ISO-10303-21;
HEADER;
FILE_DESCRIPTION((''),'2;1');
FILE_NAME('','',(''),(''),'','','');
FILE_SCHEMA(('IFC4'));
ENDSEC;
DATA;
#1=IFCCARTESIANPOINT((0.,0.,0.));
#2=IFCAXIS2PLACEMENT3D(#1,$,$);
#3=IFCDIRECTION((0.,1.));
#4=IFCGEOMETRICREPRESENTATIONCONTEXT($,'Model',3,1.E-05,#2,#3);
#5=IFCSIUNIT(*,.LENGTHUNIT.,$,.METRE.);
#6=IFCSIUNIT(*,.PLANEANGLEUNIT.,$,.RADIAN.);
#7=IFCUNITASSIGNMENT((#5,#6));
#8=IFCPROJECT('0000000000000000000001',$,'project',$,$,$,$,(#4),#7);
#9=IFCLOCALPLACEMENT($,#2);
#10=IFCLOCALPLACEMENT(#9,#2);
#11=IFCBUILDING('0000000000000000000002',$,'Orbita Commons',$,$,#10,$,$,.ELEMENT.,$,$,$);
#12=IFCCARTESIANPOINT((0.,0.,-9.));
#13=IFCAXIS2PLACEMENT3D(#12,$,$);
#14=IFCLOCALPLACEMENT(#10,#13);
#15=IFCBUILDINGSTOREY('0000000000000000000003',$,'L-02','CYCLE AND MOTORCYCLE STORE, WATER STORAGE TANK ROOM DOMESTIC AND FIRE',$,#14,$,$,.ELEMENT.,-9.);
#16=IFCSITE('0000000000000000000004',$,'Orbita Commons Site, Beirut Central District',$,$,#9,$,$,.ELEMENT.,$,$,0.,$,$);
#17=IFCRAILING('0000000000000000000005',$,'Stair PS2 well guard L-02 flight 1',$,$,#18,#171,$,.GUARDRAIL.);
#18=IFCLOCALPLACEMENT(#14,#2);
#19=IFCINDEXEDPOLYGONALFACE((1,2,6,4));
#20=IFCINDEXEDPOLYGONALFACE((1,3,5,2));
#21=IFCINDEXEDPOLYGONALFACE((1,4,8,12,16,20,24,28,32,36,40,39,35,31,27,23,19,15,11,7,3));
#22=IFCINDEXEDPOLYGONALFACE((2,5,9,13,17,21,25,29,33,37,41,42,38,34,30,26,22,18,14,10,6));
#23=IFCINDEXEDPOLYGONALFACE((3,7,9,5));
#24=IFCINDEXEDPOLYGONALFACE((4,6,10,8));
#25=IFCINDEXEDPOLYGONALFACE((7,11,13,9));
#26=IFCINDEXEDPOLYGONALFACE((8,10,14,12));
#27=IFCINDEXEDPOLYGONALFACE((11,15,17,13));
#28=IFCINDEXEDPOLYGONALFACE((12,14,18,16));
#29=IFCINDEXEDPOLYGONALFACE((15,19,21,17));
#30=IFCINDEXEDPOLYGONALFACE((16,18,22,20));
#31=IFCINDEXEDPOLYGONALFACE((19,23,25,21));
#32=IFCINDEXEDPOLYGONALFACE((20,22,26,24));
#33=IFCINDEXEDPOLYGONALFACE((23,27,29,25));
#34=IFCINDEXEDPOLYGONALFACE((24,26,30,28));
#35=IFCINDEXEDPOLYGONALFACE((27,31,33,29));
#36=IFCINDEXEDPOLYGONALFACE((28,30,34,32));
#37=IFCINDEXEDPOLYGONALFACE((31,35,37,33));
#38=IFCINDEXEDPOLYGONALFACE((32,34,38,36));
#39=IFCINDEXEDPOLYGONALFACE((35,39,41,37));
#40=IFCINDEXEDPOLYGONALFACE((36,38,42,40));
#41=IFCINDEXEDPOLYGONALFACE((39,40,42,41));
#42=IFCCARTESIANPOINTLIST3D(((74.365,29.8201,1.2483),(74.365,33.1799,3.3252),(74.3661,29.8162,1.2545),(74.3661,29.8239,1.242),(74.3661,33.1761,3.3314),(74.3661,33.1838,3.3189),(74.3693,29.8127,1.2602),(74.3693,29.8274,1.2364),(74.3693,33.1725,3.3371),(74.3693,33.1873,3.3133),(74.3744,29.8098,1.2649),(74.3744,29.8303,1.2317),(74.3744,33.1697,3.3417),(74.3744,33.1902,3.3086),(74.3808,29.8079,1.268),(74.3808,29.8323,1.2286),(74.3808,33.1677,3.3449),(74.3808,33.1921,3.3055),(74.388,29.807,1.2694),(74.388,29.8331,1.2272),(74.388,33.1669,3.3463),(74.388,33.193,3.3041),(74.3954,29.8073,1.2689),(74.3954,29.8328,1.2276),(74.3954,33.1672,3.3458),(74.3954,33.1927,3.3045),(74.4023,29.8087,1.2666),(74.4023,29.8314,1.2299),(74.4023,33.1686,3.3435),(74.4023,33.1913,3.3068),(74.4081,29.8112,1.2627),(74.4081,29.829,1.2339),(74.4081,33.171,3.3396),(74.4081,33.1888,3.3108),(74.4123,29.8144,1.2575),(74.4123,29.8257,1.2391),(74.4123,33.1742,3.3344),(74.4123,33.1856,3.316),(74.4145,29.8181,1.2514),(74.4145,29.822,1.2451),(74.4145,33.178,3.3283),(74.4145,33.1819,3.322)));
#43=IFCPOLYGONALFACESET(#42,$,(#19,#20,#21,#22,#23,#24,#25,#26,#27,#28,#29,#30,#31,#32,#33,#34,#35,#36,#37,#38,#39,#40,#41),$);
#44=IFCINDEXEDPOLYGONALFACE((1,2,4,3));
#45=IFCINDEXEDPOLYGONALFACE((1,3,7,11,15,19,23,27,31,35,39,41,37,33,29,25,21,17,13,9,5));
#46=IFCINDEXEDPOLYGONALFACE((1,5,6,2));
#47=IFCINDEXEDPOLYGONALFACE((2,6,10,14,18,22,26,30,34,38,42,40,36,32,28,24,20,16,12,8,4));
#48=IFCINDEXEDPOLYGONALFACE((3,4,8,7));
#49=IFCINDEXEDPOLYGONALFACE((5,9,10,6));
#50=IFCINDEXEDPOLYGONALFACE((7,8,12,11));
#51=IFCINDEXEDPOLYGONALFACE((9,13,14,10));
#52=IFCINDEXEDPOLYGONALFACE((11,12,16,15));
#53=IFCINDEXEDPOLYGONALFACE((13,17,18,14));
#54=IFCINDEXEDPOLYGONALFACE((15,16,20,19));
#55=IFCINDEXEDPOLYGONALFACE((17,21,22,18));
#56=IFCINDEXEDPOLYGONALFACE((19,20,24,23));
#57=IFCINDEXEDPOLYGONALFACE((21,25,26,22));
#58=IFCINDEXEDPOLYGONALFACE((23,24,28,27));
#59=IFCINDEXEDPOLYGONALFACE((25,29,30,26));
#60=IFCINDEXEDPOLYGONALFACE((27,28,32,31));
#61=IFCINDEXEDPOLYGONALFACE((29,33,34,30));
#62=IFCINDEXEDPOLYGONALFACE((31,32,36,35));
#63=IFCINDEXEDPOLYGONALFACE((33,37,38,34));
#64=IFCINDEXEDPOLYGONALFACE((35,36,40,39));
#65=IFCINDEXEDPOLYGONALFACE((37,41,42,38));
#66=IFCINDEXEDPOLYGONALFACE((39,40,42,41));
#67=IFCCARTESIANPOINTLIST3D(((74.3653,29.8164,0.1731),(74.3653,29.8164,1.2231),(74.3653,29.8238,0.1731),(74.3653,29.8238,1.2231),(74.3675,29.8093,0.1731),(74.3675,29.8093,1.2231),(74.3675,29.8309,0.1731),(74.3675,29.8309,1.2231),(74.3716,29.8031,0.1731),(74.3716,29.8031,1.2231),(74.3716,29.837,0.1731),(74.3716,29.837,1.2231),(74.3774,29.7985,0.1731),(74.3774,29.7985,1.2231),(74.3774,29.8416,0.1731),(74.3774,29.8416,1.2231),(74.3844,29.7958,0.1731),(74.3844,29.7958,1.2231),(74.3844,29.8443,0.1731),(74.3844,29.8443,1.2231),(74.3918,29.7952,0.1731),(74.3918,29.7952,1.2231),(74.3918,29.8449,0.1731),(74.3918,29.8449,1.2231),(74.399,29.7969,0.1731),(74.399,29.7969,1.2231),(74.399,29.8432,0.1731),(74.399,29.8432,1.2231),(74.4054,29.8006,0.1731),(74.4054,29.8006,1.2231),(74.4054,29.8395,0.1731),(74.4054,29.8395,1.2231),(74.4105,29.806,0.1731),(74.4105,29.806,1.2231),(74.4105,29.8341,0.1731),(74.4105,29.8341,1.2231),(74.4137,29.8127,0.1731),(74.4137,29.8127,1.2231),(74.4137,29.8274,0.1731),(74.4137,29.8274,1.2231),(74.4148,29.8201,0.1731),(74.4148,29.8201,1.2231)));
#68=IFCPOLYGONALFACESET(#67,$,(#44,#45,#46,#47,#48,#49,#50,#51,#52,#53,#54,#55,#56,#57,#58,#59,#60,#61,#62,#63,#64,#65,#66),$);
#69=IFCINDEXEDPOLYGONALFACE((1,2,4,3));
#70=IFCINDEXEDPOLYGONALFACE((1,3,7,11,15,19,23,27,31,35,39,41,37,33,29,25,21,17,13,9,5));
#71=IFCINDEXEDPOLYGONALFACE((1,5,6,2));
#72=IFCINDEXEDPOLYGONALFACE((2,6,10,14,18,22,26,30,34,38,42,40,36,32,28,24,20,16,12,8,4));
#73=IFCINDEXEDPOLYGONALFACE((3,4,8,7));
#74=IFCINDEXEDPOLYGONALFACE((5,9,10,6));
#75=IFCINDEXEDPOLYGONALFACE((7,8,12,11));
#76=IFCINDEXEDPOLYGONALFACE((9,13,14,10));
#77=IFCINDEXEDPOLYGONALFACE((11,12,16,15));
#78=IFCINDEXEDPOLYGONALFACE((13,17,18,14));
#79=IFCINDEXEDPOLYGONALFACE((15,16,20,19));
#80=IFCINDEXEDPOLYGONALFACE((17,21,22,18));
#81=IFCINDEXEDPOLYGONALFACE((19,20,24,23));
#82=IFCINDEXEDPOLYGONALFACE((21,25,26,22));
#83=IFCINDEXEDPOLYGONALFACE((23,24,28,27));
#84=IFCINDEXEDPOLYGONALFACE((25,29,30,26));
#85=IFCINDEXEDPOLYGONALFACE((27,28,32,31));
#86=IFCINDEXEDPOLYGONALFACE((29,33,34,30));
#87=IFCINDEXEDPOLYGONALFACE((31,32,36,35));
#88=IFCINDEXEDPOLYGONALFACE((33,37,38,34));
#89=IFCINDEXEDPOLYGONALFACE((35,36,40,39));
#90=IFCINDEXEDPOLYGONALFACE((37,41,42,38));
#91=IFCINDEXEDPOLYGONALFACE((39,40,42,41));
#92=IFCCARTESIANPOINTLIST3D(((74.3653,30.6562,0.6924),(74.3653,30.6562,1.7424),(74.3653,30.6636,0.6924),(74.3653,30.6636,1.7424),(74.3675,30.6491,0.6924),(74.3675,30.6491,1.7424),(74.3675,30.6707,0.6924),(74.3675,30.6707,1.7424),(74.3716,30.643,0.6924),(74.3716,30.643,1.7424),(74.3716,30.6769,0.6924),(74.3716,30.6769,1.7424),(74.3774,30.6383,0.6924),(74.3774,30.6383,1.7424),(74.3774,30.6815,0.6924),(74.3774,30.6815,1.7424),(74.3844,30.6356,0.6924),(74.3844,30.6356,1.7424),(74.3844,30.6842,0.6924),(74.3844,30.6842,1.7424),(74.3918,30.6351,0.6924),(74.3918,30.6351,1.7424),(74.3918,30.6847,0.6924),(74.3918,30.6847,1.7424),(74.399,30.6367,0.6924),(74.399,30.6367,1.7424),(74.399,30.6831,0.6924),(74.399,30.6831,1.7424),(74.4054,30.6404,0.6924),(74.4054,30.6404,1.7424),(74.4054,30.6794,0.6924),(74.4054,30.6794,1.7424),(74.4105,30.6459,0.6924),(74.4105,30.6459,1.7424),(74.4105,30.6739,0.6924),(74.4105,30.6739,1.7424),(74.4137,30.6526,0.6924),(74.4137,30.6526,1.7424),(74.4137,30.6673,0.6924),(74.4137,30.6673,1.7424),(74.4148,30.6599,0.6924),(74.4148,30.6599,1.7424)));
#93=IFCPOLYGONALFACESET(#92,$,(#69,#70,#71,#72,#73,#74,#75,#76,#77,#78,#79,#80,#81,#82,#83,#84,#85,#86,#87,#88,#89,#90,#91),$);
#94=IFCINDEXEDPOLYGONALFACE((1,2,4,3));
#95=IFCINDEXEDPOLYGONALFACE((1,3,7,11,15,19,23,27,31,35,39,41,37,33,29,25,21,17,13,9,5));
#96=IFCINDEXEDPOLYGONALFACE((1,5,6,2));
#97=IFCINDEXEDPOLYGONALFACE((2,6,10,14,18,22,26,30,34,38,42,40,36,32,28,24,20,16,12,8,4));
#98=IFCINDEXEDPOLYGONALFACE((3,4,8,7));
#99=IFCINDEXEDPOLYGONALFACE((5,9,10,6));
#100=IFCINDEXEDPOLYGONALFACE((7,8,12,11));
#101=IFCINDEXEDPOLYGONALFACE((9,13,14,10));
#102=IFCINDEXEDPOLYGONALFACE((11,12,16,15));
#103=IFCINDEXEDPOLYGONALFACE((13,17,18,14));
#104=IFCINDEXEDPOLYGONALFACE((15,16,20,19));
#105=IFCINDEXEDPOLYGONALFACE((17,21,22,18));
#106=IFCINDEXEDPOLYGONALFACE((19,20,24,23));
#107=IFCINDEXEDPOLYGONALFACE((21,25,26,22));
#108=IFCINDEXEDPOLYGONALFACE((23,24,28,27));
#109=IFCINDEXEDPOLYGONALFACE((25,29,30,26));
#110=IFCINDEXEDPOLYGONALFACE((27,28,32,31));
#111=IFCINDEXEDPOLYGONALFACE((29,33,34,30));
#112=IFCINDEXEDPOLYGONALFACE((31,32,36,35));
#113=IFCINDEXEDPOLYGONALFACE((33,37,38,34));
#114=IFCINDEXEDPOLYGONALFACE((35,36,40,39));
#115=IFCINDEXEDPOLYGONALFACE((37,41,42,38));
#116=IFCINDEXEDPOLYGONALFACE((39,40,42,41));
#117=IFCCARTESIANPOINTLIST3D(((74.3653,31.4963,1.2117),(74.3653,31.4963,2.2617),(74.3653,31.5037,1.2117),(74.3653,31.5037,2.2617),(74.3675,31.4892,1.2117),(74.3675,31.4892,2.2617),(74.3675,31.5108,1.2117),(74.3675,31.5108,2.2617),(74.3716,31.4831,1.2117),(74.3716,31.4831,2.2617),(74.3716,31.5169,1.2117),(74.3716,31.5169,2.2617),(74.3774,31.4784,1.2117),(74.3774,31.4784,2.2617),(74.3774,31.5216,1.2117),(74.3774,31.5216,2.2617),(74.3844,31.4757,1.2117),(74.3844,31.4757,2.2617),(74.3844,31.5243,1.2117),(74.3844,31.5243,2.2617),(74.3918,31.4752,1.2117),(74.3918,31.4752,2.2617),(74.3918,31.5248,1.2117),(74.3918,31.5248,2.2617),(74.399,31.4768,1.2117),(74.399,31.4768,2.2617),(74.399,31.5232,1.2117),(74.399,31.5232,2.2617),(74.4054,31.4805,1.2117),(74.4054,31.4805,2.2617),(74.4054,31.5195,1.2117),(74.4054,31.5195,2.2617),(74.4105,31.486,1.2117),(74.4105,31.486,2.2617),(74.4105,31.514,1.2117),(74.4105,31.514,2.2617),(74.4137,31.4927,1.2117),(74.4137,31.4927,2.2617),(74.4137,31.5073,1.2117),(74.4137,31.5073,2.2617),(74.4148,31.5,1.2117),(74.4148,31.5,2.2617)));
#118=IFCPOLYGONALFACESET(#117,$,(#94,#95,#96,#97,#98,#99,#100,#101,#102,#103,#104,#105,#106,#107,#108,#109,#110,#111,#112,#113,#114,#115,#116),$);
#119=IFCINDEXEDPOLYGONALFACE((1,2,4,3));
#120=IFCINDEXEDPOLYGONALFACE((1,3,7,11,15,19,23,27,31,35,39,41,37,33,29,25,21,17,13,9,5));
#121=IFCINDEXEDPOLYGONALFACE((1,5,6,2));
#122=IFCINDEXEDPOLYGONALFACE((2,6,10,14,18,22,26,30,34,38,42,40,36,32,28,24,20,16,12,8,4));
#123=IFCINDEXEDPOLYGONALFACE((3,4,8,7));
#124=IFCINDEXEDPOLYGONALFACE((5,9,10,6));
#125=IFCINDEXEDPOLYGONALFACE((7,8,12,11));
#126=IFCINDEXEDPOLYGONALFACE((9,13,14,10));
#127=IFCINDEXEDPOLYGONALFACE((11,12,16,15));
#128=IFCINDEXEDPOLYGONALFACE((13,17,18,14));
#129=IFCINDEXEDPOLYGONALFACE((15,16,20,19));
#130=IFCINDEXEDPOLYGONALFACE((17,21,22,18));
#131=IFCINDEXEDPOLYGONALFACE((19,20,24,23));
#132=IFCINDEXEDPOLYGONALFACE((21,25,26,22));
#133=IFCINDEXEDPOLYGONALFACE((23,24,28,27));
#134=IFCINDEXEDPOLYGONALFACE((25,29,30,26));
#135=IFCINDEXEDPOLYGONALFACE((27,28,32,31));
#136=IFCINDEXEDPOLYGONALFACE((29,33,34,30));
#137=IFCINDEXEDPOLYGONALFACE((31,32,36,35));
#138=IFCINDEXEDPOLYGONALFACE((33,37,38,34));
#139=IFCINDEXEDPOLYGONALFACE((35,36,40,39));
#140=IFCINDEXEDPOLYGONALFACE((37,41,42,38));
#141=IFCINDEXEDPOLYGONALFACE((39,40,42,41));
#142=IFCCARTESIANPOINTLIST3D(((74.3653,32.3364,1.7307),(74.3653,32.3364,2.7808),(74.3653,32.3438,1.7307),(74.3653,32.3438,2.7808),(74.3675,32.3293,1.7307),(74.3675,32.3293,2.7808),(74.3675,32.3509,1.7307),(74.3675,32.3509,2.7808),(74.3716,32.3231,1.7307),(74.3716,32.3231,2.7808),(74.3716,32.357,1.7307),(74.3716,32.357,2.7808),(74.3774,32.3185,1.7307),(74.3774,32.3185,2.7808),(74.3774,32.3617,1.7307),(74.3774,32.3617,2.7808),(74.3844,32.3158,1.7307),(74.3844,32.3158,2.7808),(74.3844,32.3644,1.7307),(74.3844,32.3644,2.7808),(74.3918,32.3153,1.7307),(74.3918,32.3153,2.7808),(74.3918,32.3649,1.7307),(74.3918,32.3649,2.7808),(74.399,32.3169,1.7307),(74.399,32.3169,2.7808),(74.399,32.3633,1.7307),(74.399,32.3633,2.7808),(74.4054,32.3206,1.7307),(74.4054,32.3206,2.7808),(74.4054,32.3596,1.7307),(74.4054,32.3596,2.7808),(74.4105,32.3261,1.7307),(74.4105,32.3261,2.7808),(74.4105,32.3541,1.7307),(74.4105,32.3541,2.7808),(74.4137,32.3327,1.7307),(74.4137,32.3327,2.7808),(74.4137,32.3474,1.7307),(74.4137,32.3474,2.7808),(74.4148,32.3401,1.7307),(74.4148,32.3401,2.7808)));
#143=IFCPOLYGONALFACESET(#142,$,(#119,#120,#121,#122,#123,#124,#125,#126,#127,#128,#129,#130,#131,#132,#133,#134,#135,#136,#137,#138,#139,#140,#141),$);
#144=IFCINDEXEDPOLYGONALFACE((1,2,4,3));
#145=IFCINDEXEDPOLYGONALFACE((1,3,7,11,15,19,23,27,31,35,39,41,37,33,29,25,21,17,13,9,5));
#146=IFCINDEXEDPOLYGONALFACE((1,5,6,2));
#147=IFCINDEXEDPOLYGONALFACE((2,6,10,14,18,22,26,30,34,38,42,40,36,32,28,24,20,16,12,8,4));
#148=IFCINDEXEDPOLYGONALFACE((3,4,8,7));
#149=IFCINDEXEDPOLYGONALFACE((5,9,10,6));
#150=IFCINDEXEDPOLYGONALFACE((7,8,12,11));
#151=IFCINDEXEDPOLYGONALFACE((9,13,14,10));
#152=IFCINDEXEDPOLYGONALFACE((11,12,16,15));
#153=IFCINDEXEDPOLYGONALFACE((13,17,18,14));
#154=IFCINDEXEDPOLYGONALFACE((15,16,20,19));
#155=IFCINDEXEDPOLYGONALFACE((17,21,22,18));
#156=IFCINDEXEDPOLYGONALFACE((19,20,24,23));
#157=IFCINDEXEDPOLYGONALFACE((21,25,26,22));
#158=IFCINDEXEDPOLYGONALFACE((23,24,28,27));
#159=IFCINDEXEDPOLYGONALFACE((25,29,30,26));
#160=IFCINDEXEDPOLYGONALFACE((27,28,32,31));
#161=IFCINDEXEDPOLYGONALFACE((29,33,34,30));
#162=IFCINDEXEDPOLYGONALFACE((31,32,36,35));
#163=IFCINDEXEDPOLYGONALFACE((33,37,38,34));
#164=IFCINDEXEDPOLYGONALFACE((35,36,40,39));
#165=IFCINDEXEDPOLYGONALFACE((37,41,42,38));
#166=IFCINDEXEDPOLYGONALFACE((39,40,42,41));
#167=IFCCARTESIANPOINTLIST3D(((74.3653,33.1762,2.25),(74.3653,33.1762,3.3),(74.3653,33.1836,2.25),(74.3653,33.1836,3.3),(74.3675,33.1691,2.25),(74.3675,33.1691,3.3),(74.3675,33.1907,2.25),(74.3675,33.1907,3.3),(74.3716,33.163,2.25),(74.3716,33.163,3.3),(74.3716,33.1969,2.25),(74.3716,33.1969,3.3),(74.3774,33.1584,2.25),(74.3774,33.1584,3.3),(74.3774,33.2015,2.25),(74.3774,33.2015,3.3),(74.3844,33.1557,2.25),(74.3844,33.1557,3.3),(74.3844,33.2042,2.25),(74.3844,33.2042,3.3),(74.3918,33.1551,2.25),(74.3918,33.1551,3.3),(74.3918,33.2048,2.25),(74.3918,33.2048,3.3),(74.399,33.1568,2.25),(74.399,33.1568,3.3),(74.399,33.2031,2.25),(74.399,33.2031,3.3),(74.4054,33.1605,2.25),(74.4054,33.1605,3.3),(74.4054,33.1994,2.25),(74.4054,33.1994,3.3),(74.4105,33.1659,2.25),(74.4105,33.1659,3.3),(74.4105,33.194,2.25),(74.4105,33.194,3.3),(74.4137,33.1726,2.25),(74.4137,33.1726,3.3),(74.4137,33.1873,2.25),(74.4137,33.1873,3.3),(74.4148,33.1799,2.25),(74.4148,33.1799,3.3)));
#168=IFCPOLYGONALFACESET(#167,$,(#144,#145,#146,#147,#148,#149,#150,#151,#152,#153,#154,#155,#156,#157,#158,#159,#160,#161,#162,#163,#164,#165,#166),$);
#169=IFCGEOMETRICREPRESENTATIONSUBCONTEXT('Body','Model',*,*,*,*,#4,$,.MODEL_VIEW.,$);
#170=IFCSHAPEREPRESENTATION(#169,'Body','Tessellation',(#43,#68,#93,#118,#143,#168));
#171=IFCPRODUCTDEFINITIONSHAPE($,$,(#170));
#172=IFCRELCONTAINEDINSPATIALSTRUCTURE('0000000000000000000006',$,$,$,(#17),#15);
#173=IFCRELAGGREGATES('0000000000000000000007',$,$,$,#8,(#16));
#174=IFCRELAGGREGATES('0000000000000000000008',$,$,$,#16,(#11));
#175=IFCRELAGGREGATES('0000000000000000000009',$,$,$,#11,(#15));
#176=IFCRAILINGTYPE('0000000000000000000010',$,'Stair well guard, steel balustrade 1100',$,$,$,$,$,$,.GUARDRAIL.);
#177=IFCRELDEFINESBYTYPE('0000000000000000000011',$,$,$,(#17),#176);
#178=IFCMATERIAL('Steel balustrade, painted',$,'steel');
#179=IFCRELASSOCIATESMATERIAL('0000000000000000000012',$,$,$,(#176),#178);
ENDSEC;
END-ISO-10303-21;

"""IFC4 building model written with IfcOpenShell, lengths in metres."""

from ifc_helpers import new_model, si_unit, direction, frame, origin, origin_2d, place, context, subcontext, project, spatial, circle, extrude, material, type_object, element, save


model = new_model("IFC4")

# Units and contexts
model_context = context("Model", 3, precision=1e-05, world=origin(), true_north=direction((0.0, 1.0)))
body_context = subcontext(model_context, "Body", "Model", "MODEL_VIEW")
ifc_project = project(units=[si_unit("LENGTHUNIT", "METRE"), si_unit("PLANEANGLEUNIT", "RADIAN")], contexts=[model_context])

# Site, building, storey
site_placement = place(None, origin())
site = spatial("IfcSite", under=ifc_project, at=site_placement, Name="Orbita Commons Site, Beirut Central District", CompositionType="ELEMENT", RefElevation=0.0)
building_placement = place(site_placement, origin())
building = spatial("IfcBuilding", under=site, at=building_placement, Name="Orbita Commons", CompositionType="ELEMENT")
storey_placement = place(building_placement, frame((0.0, 0.0, -9.0)))
storey = spatial("IfcBuildingStorey", under=building, at=storey_placement, Name="L-02", Description="CYCLE AND MOTORCYCLE STORE, WATER STORAGE TANK ROOM DOMESTIC AND FIRE", CompositionType="ELEMENT", Elevation=-9.0)

# Railing
ifc_material_1 = material(Name="Steel balustrade, painted", Category="steel")
railing_type_1 = type_object("IfcRailingType", Name="Stair well guard, steel balustrade 1100", PredefinedType="GUARDRAIL", material=ifc_material_1)
railing_1_placement = place(storey_placement, frame((74.3899, 29.8201, 0.1731)))
element("IfcRailing", 1, at=railing_1_placement, inside=storey, type_object=railing_type_1, Name="Stair PS2 well guard L-02 flight 1", PredefinedType="GUARDRAIL", context=body_context, shape_type="SweptSolid", body=[
    extrude(circle(Radius=0.0249, at=origin_2d()), frame((0.0, 0.0, 1.0752), z_axis=(0.0, 0.850606, 0.525803), x_axis=(-1.0, 0.0, 0.0)), (0.0, 0.0, 1.0), 3.95),
    extrude(circle(Radius=0.0249, at=origin_2d()), origin(), (0.0, 0.0, 1.0), 1.05),
    extrude(circle(Radius=0.0249, at=origin_2d()), frame((0.0, 0.8398, 0.5193)), (0.0, 0.0, 1.0), 1.05),
    extrude(circle(Radius=0.0249, at=origin_2d()), frame((0.0, 1.6799, 1.0386)), (0.0, 0.0, 1.0), 1.05),
    extrude(circle(Radius=0.0249, at=origin_2d()), frame((0.0, 2.52, 1.5576)), (0.0, 0.0, 1.0), 1.05),
    extrude(circle(Radius=0.0249, at=origin_2d()), frame((0.0, 3.3599, 2.0769)), (0.0, 0.0, 1.0), 1.05),
])

save(model, "model.ifc")
